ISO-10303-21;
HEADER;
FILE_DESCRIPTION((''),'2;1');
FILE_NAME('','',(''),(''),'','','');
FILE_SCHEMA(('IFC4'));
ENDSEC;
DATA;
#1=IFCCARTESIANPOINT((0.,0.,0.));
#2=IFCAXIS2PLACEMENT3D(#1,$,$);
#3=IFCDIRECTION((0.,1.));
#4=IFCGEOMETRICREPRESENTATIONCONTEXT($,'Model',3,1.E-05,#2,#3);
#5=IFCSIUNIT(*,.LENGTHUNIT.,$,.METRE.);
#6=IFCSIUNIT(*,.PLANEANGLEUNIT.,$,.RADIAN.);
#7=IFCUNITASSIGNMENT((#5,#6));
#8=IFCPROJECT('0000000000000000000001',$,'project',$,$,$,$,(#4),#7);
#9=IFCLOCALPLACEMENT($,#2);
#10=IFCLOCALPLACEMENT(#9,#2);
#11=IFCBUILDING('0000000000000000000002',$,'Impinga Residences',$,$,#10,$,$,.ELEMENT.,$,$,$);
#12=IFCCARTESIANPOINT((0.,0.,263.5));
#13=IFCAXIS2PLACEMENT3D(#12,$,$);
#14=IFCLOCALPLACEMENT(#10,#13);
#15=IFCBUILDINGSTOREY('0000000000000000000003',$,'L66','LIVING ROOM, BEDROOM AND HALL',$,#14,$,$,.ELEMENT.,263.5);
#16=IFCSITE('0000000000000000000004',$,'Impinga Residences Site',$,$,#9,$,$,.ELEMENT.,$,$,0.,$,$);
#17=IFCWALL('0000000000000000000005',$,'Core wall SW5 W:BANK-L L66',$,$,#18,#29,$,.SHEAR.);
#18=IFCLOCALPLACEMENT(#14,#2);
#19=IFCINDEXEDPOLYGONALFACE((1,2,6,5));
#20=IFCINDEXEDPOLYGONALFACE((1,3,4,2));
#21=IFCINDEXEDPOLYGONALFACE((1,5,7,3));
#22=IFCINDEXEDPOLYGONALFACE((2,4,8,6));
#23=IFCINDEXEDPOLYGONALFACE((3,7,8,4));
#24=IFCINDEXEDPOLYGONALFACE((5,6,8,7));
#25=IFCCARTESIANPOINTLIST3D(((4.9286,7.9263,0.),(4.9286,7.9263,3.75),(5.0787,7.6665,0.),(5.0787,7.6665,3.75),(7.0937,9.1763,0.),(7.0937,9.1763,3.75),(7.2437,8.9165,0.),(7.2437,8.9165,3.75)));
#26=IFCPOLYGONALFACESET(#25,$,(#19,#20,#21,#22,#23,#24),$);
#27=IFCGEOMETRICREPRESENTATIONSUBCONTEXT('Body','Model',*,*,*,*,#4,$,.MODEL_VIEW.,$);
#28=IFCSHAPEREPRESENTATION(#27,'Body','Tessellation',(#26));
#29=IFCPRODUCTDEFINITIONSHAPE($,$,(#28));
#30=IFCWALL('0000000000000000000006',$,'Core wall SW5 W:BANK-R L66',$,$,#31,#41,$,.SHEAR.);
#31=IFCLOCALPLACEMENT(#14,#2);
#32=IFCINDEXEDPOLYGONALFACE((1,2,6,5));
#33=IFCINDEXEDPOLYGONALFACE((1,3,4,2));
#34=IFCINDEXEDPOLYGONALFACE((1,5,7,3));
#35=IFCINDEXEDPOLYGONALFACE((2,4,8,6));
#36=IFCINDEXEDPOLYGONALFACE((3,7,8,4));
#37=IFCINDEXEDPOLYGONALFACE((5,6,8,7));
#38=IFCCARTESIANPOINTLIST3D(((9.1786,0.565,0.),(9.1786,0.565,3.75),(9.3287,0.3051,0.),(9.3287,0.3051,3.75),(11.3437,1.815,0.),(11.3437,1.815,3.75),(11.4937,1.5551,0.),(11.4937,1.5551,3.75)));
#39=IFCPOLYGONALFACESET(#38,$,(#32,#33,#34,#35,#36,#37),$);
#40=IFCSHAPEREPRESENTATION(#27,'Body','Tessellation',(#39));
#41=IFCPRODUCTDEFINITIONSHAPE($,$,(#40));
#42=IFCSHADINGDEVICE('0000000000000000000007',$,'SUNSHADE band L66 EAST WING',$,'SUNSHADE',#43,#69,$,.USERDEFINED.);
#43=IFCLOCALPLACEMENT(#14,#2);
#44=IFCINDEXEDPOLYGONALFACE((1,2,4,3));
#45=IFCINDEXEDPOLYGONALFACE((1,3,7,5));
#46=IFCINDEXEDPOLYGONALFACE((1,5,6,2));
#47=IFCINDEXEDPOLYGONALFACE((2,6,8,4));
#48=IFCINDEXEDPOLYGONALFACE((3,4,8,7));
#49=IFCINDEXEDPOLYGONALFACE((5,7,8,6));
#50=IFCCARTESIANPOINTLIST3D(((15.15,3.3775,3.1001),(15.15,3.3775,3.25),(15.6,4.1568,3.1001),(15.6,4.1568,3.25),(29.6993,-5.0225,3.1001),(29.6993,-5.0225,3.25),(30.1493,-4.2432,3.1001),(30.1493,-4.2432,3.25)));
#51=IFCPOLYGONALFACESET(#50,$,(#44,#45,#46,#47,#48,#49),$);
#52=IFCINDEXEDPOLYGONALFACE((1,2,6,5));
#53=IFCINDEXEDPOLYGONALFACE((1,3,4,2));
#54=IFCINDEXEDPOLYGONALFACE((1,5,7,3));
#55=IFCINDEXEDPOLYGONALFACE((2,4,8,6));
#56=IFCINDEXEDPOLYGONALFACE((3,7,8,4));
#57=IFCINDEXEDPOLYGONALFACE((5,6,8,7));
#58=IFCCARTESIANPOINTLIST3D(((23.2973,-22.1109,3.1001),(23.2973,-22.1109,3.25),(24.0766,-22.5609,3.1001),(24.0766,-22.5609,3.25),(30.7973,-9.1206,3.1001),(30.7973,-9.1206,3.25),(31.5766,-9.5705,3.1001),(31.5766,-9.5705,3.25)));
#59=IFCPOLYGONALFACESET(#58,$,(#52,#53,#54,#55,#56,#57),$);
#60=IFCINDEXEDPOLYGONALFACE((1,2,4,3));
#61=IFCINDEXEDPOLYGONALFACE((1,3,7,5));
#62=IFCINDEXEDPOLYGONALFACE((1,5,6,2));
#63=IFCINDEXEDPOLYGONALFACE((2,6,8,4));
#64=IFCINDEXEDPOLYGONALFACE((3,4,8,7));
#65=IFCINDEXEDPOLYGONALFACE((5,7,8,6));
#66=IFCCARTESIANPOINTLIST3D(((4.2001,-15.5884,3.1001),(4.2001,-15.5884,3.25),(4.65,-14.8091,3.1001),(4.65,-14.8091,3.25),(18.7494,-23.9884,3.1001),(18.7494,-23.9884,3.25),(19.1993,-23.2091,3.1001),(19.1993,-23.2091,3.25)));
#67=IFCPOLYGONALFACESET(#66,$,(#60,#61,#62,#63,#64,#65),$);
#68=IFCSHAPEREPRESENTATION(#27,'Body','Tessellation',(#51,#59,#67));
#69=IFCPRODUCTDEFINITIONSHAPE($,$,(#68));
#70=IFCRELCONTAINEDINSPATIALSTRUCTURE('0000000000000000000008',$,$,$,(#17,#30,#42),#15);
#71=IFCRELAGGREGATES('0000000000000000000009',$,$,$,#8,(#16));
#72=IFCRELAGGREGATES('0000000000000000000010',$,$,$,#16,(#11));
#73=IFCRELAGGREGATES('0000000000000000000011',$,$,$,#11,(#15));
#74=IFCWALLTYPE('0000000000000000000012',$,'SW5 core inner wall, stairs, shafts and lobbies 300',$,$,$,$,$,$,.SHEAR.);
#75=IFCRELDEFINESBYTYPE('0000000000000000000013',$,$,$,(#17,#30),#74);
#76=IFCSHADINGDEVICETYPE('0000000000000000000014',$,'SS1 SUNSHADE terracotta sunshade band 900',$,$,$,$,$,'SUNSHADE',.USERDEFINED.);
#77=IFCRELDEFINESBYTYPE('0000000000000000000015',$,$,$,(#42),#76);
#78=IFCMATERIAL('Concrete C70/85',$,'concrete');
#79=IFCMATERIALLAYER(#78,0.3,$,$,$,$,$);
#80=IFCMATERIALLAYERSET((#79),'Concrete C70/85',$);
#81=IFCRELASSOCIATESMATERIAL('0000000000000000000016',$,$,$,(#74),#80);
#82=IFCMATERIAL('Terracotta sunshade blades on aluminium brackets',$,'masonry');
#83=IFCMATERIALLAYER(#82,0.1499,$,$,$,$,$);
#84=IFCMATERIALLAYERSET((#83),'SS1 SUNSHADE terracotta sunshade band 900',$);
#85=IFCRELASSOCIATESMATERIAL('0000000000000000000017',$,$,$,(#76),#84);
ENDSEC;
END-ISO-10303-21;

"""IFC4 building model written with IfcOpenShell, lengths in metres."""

from ifc_helpers import new_model, si_unit, direction, frame, frame_2d, origin, origin_2d, place, context, subcontext, project, spatial, rectangle, extrude, material, layer, layer_set, type_object, element, save


model = new_model("IFC4")

# Units and contexts
model_context = context("Model", 3, precision=1e-05, world=origin(), true_north=direction((0.0, 1.0)))
body_context = subcontext(model_context, "Body", "Model", "MODEL_VIEW")
ifc_project = project(units=[si_unit("LENGTHUNIT", "METRE"), si_unit("PLANEANGLEUNIT", "RADIAN")], contexts=[model_context])

# Site, building, storey
site_placement = place(None, origin())
site = spatial("IfcSite", under=ifc_project, at=site_placement, Name="Impinga Residences Site", CompositionType="ELEMENT", RefElevation=0.0)
building_placement = place(site_placement, origin())
building = spatial("IfcBuilding", under=site, at=building_placement, Name="Impinga Residences", CompositionType="ELEMENT")
storey_placement = place(building_placement, frame((0.0, 0.0, 263.5)))
storey = spatial("IfcBuildingStorey", under=building, at=storey_placement, Name="L66", Description="LIVING ROOM, BEDROOM AND HALL", CompositionType="ELEMENT", Elevation=263.5)

# Shared definitions
ifc_material_1 = material(Name="Concrete C70/85", Category="concrete")
ifc_layer_1 = layer(ifc_material_1, 0.3)
ifc_layer_set_1 = layer_set([ifc_layer_1], Name="Concrete C70/85")
wall_type_1 = type_object("IfcWallType", Name="SW5 core inner wall, stairs, shafts and lobbies 300", PredefinedType="SHEAR", material=ifc_layer_set_1)

# Walls
for number, where, z_axis, x_axis, name in (
    (1, (5.0037, 7.7964, 0.0), (0.0, 0.0, 1.0), (0.866023, 0.500004, 0.0), "Core wall SW5 W:BANK-L L66"),
    (2, (9.2537, 0.4351, 0.0), (0.0, 0.0, 1.0), (0.866023, 0.500004, 0.0), "Core wall SW5 W:BANK-R L66"),
):
    element("IfcWall", number, at=place(storey_placement, frame(where, z_axis=z_axis, x_axis=x_axis)), inside=storey, type_object=wall_type_1, Name=name, PredefinedType="SHEAR", context=body_context, shape_type="SweptSolid", body=[
        extrude(rectangle(XDim=2.5, YDim=0.3, at=frame_2d((1.25, 0.0))), origin(), (0.0, 0.0, 1.0), 3.75),
    ])

# Shading device
ifc_material_2 = material(Name="Terracotta sunshade blades on aluminium brackets", Category="masonry")
ifc_layer_2 = layer(ifc_material_2, 0.1499)
ifc_layer_set_2 = layer_set([ifc_layer_2], Name="SS1 SUNSHADE terracotta sunshade band 900")
shading_device_type = type_object("IfcShadingDeviceType", Name="SS1 SUNSHADE terracotta sunshade band 900", ElementType="SUNSHADE", PredefinedType="USERDEFINED", material=ifc_layer_set_2)
shading_device_placement = place(storey_placement, frame((22.6497, -0.4329, 3.1001), z_axis=(0.0, 0.0, 1.0), x_axis=(0.866025, -0.5, 0.0)))
element("IfcShadingDevice", 3, at=shading_device_placement, inside=storey, type_object=shading_device_type, Name="SUNSHADE band L66 EAST WING", ObjectType="SUNSHADE", PredefinedType="USERDEFINED", context=body_context, shape_type="SweptSolid", body=[
    extrude(rectangle(XDim=16.8, YDim=0.8999, at=origin_2d()), origin(), (0.0, 0.0, 1.0), 0.1499),
    extrude(rectangle(XDim=15.0, YDim=0.8999, at=origin_2d()), frame((11.8499, -10.95, 0.0), z_axis=(0.0, 0.0, 1.0), x_axis=(0.0, -1.0, 0.0)), (0.0, 0.0, 1.0), 0.1499),
    extrude(rectangle(XDim=16.8, YDim=0.8999, at=origin_2d()), frame((0.0, -21.8999, 0.0), z_axis=(0.0, 0.0, 1.0), x_axis=(-1.0, 0.0, 0.0)), (0.0, 0.0, 1.0), 0.1499),
])

save(model, "model.ifc")
